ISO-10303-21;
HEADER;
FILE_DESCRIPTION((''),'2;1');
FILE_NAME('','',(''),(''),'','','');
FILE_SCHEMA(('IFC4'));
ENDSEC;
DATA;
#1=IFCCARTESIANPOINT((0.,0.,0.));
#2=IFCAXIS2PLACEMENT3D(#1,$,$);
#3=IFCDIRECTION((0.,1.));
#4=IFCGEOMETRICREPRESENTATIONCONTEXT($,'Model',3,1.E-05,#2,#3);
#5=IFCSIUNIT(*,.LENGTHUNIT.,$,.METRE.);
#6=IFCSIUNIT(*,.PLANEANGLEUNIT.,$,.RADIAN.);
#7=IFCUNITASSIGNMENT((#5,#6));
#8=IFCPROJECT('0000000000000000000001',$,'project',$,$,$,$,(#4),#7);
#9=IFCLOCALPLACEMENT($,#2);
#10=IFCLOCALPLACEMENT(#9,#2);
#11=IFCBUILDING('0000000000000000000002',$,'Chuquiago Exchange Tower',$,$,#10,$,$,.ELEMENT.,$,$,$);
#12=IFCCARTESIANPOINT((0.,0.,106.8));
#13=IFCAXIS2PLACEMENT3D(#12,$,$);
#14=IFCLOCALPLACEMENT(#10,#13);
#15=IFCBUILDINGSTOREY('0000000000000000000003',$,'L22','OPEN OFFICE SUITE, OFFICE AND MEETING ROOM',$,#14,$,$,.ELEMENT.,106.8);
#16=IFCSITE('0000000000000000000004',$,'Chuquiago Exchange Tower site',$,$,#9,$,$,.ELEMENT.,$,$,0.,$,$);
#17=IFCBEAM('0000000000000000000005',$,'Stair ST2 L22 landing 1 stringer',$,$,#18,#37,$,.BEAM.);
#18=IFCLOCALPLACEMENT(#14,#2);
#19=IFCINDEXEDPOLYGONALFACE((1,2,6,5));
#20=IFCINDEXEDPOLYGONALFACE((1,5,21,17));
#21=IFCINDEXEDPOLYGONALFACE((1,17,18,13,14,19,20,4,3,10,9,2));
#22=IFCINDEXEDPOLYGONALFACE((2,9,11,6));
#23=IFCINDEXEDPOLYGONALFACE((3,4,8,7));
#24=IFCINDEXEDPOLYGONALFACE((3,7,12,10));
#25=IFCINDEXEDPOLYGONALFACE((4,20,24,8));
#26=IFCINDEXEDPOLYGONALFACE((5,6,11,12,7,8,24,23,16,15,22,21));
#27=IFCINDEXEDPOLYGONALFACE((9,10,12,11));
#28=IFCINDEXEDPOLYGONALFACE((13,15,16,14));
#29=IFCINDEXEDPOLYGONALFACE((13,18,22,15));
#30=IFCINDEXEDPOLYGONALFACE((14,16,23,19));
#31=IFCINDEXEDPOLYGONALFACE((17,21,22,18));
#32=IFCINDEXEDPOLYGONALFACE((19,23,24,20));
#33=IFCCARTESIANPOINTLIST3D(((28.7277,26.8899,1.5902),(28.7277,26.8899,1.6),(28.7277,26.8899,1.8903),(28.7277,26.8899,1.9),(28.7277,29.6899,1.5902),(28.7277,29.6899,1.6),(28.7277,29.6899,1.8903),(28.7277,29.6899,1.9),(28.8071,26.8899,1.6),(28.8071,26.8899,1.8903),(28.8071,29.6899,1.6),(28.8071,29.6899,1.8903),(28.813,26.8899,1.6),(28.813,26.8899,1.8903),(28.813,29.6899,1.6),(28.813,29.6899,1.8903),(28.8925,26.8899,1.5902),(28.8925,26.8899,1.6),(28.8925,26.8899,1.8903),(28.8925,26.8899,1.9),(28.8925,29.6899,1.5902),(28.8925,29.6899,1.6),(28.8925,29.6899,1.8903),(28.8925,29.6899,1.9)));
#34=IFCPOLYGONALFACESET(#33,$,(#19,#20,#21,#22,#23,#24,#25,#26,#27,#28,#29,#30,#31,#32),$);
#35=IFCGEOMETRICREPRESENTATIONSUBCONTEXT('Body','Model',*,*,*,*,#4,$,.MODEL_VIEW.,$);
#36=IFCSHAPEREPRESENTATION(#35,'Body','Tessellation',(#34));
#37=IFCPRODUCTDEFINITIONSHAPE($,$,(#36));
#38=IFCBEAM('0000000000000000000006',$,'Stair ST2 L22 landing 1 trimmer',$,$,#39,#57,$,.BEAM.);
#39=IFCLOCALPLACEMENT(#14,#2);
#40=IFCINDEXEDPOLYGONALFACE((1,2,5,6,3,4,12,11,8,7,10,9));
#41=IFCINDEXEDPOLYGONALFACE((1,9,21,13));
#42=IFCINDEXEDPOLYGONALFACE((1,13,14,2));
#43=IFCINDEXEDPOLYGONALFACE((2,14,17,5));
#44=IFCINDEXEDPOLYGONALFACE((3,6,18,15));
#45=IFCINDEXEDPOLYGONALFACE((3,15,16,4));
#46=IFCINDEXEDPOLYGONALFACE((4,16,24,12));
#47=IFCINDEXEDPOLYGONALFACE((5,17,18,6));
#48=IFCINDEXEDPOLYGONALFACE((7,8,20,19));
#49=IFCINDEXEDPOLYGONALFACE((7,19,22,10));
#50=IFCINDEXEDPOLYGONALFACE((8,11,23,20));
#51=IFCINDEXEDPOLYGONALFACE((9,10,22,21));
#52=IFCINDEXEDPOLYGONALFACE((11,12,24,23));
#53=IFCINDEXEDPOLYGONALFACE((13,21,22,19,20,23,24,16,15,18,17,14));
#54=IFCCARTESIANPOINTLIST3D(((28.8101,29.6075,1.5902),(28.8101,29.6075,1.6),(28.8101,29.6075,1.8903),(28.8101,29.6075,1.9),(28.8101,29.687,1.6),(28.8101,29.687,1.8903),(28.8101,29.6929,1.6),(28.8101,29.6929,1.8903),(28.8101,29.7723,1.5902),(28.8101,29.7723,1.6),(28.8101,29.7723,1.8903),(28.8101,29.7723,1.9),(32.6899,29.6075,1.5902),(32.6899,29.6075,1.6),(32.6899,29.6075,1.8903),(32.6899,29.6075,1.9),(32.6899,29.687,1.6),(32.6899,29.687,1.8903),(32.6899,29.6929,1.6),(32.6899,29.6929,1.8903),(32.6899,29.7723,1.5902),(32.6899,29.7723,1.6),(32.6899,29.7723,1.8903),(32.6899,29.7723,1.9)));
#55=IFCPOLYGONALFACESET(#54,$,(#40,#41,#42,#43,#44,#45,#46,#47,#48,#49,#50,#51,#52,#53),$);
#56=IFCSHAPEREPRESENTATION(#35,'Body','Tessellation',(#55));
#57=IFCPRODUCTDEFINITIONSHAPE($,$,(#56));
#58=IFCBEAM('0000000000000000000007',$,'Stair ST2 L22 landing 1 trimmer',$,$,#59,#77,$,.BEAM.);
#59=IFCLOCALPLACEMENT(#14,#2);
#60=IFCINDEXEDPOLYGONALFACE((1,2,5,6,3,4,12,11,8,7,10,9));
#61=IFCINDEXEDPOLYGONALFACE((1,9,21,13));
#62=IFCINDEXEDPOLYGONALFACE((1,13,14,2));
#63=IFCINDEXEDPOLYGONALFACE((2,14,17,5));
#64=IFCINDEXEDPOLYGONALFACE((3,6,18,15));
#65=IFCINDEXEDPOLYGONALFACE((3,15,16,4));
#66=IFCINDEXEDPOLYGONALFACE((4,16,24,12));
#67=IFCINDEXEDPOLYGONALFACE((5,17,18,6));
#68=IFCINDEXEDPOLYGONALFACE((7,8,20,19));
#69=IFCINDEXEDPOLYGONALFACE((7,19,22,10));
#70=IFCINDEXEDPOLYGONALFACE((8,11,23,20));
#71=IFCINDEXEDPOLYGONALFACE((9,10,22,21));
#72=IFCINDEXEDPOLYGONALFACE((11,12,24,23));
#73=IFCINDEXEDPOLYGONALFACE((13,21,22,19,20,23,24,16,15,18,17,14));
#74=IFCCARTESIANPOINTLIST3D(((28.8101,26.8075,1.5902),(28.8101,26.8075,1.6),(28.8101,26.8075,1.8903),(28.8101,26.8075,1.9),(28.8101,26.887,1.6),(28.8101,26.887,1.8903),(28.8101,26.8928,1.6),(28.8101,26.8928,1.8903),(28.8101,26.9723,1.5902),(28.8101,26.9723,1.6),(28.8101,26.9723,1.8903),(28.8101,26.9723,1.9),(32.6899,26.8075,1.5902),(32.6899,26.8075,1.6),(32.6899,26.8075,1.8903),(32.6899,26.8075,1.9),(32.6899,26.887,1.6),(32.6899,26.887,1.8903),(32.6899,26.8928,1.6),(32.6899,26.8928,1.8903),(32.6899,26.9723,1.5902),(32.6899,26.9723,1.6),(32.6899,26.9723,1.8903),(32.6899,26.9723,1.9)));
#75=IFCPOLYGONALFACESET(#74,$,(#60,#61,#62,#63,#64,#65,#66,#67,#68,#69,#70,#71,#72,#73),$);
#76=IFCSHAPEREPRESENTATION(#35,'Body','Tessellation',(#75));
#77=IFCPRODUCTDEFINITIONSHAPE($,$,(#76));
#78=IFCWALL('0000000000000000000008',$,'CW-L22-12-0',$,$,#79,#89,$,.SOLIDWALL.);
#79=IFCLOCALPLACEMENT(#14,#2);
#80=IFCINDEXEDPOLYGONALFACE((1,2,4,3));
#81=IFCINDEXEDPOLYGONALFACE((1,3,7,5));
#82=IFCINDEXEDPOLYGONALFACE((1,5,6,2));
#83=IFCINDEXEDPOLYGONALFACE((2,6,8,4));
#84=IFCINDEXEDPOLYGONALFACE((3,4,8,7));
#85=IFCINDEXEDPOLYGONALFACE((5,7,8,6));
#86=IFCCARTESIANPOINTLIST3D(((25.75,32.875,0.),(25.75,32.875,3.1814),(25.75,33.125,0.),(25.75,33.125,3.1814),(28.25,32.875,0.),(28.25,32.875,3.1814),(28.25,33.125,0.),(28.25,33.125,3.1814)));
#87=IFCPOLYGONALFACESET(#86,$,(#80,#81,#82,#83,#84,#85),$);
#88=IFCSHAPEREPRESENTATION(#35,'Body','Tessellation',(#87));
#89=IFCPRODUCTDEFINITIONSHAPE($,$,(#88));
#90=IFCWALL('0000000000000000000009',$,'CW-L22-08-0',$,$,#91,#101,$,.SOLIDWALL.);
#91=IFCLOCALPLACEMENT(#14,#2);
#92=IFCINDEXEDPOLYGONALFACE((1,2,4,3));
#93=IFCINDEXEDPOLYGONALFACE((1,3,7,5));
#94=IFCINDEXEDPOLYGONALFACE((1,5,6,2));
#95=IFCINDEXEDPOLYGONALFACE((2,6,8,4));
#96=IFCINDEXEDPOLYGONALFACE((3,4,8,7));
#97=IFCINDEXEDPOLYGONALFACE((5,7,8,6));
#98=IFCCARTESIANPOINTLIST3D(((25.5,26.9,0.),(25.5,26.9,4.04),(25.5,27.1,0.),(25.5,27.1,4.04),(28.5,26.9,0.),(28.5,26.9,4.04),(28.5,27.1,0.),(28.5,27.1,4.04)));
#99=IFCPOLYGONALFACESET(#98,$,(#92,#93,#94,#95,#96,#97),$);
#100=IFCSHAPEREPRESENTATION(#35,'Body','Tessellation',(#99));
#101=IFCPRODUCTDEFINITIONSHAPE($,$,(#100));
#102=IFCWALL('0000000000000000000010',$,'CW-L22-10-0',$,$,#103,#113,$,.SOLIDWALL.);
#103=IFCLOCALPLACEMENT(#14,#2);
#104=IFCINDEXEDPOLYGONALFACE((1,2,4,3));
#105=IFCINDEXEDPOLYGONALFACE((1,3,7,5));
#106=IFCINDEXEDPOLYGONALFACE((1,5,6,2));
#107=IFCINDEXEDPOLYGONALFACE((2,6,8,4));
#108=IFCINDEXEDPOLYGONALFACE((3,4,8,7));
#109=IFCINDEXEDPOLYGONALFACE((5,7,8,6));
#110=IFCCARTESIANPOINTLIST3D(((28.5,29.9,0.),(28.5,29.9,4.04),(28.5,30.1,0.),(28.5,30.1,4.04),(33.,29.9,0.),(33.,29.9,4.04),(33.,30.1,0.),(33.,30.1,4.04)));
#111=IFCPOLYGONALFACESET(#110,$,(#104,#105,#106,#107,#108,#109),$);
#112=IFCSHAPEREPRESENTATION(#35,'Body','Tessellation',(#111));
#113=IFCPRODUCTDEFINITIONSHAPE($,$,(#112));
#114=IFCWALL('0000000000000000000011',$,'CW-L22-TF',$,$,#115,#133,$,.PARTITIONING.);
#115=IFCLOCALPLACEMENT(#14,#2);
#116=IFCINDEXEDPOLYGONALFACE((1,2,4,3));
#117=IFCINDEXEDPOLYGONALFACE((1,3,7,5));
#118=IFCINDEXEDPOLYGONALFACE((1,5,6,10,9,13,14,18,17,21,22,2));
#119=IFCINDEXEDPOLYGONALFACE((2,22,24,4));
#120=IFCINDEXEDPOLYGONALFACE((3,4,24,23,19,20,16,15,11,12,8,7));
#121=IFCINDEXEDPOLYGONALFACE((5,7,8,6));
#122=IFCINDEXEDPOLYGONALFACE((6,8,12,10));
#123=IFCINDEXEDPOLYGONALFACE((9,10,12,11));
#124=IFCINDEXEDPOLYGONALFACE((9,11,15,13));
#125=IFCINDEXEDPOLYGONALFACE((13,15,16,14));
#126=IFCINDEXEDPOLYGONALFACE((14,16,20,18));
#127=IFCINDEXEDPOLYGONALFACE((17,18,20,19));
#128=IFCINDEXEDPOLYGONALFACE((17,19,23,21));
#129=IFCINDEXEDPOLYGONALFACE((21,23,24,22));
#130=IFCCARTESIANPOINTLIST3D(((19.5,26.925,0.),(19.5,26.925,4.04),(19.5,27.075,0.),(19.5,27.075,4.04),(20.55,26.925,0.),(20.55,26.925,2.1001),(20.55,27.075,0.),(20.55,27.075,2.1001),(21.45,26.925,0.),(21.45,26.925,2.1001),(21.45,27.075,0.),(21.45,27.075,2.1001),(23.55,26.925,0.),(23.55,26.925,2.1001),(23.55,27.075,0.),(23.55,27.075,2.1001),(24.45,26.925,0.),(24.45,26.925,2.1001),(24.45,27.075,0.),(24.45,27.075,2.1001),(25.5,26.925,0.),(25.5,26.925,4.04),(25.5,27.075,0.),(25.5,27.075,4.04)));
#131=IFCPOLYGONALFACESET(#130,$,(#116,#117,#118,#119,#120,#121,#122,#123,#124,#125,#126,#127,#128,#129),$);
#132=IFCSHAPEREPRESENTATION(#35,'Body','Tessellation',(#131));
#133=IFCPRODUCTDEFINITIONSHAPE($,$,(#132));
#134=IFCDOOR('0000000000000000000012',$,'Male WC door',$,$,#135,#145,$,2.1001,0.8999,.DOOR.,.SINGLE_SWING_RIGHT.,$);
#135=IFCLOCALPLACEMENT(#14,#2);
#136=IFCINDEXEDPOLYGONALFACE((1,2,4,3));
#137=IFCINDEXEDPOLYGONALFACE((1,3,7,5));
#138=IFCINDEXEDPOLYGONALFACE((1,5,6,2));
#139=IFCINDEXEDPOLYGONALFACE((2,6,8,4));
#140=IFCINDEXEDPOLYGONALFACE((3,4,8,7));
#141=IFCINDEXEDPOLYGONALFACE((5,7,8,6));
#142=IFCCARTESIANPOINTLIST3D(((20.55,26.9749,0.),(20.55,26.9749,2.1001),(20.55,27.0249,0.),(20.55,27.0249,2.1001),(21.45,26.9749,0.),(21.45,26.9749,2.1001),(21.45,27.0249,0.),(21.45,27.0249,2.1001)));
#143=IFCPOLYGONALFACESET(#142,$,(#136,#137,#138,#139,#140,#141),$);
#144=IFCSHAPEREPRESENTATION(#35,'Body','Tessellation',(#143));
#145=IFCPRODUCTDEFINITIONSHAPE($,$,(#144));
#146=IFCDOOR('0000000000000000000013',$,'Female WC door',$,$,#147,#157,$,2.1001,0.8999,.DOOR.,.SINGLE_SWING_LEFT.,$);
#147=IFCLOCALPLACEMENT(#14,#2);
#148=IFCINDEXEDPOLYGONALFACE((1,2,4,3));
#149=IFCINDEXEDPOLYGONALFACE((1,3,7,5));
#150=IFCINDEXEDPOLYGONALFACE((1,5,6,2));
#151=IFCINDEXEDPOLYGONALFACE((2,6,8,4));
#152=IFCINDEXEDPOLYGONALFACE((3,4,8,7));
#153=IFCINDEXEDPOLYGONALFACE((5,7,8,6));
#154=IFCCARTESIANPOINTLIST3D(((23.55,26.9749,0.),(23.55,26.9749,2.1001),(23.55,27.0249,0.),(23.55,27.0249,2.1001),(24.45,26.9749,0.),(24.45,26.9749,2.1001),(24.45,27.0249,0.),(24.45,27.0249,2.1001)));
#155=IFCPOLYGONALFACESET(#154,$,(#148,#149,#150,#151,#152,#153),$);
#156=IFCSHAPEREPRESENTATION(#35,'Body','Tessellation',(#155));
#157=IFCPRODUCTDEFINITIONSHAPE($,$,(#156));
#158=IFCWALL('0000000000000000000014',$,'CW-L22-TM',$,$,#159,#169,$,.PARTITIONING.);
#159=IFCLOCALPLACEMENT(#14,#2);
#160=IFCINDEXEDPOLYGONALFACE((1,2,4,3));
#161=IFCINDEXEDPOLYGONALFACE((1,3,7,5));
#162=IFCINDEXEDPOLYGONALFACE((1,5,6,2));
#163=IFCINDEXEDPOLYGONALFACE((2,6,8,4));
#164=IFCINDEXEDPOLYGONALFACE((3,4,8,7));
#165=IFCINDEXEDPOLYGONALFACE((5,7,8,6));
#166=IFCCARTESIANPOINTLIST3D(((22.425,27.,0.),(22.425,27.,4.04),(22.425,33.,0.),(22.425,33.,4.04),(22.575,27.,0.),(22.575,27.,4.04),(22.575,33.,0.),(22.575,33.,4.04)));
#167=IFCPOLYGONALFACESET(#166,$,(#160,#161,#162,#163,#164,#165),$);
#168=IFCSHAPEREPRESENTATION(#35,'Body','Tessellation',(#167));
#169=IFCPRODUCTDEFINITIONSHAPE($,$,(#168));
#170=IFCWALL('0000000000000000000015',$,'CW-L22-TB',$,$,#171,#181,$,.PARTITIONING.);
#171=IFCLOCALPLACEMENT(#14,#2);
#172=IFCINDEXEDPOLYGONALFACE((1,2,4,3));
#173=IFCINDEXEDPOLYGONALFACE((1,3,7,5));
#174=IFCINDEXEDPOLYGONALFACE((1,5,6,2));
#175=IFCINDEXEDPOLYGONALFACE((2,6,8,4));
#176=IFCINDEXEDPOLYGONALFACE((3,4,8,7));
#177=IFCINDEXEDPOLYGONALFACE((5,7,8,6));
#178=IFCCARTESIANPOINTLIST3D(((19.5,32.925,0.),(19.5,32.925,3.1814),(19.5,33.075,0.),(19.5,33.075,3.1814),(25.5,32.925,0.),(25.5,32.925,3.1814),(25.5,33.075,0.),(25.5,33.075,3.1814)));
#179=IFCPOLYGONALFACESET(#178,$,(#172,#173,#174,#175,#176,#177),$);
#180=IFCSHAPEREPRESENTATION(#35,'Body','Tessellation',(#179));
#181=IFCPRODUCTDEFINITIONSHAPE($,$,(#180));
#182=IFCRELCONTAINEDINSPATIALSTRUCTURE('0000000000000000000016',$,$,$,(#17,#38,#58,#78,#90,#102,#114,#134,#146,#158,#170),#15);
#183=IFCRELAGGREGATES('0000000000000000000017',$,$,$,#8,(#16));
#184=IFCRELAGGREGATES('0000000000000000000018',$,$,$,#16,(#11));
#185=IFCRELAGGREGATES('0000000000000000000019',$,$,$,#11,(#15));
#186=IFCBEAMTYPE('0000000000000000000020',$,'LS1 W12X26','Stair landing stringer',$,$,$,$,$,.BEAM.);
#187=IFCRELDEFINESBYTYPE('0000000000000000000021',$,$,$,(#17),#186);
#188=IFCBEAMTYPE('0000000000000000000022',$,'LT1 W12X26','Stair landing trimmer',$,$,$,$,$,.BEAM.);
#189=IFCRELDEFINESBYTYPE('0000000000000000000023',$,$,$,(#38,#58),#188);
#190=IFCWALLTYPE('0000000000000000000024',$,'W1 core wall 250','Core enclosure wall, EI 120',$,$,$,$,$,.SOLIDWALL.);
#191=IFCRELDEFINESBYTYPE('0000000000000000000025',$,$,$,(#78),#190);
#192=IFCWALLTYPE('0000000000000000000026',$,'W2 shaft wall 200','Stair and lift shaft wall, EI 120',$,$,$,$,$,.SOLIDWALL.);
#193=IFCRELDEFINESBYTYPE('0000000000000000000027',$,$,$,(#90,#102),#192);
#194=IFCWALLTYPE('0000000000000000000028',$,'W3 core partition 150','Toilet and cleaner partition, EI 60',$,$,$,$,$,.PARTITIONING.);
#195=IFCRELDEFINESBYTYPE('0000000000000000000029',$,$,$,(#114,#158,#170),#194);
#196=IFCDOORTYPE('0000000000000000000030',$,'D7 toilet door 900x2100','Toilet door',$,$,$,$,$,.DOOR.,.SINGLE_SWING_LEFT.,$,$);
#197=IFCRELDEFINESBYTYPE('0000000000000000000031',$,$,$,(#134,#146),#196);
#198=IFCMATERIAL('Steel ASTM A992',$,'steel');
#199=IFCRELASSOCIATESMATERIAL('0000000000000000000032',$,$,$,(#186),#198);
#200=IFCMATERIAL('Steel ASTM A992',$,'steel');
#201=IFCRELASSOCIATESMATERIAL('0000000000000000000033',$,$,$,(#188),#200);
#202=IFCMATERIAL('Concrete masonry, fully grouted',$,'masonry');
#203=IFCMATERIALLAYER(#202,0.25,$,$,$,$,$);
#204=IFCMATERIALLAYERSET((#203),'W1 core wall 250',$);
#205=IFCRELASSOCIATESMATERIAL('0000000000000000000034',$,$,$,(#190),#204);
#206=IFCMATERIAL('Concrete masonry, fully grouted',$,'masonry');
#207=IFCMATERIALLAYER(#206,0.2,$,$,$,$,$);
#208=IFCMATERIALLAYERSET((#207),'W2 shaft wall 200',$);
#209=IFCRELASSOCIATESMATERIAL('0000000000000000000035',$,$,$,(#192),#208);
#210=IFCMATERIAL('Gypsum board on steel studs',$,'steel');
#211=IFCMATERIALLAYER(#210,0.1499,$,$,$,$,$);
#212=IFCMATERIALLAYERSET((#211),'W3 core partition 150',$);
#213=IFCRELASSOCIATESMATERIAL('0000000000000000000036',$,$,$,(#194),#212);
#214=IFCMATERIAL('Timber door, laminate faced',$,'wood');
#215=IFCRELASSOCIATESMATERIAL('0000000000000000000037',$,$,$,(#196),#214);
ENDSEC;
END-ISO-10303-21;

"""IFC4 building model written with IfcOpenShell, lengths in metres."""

from ifc_helpers import new_model, si_unit, direction, frame, frame_2d, origin, origin_2d, place, context, subcontext, project, spatial, rectangle, i_section, extrude, material, layer, layer_set, material_profile, profile_set, type_object, element, fill, save


model = new_model("IFC4")

# Units and contexts
model_context = context("Model", 3, precision=1e-05, world=origin(), true_north=direction((0.0, 1.0)))
body_context = subcontext(model_context, "Body", "Model", "MODEL_VIEW")
ifc_project = project(units=[si_unit("LENGTHUNIT", "METRE"), si_unit("PLANEANGLEUNIT", "RADIAN")], contexts=[model_context])

# Site, building, storey
site_placement = place(None, origin())
site = spatial("IfcSite", under=ifc_project, at=site_placement, Name="Chuquiago Exchange Tower site", CompositionType="ELEMENT", RefElevation=0.0)
building_placement = place(site_placement, origin())
building = spatial("IfcBuilding", under=site, at=building_placement, Name="Chuquiago Exchange Tower", CompositionType="ELEMENT")
storey_placement = place(building_placement, frame((0.0, 0.0, 106.8)))
storey = spatial("IfcBuildingStorey", under=building, at=storey_placement, Name="L22", Description="OPEN OFFICE SUITE, OFFICE AND MEETING ROOM", CompositionType="ELEMENT", Elevation=106.8)

# Beams
ifc_material_1 = material(Name="Steel ASTM A992", Category="steel")
ifc_material_profile_1 = material_profile(ifc_material_1, i_section(OverallWidth=0.1648, OverallDepth=0.3098, WebThickness=0.0059, FlangeThickness=0.0098, at=origin_2d()), Name="W12X26")
ifc_profile_set_1 = profile_set([ifc_material_profile_1], Name="Steel ASTM A992")
beam_type_1 = type_object("IfcBeamType", Name="LS1 W12X26", Description="Stair landing stringer", PredefinedType="BEAM", material=ifc_profile_set_1)
beam_1_placement = place(storey_placement, frame((28.8101, 26.8899, 1.7451), z_axis=(0.0, 1.0, 0.0), x_axis=(-1.0, 0.0, 0.0)))
element("IfcBeam", 1, at=beam_1_placement, inside=storey, type_object=beam_type_1, Name="Stair ST2 L22 landing 1 stringer", PredefinedType="BEAM", context=body_context, shape_type="SweptSolid", body=[
    extrude(i_section(OverallWidth=0.1648, OverallDepth=0.3098, WebThickness=0.0059, FlangeThickness=0.0098, at=origin_2d()), origin(), (0.0, 0.0, 1.0), 2.8),
])
ifc_material_2 = material(Name="Steel ASTM A992", Category="steel")
ifc_material_profile_2 = material_profile(ifc_material_2, i_section(OverallWidth=0.1648, OverallDepth=0.3098, WebThickness=0.0059, FlangeThickness=0.0098, at=origin_2d()), Name="W12X26")
ifc_profile_set_2 = profile_set([ifc_material_profile_2], Name="Steel ASTM A992")
beam_type_2 = type_object("IfcBeamType", Name="LT1 W12X26", Description="Stair landing trimmer", PredefinedType="BEAM", material=ifc_profile_set_2)
for number, where, z_axis, x_axis, name in (
    (2, (28.8101, 29.6899, 1.7451), (1.0, 0.0, 0.0), (0.0, 1.0, 0.0), "Stair ST2 L22 landing 1 trimmer"),
    (3, (28.8101, 26.8899, 1.7451), (1.0, 0.0, 0.0), (0.0, 1.0, 0.0), "Stair ST2 L22 landing 1 trimmer"),
):
    element("IfcBeam", number, at=place(storey_placement, frame(where, z_axis=z_axis, x_axis=x_axis)), inside=storey, type_object=beam_type_2, Name=name, PredefinedType="BEAM", context=body_context, shape_type="SweptSolid", body=[
        extrude(i_section(OverallWidth=0.1648, OverallDepth=0.3098, WebThickness=0.0059, FlangeThickness=0.0098, at=origin_2d()), origin(), (0.0, 0.0, 1.0), 3.8799),
    ])

# Walls
ifc_material_3 = material(Name="Concrete masonry, fully grouted", Category="masonry")
ifc_layer_1 = layer(ifc_material_3, 0.25)
ifc_layer_set_1 = layer_set([ifc_layer_1], Name="W1 core wall 250")
wall_type_1 = type_object("IfcWallType", Name="W1 core wall 250", Description="Core enclosure wall, EI 120", PredefinedType="SOLIDWALL", material=ifc_layer_set_1)
wall_1_placement = place(storey_placement, frame((25.75, 33.0, 0.0), z_axis=(0.0, 0.0, 1.0), x_axis=(1.0, 0.0, 0.0)))
element("IfcWall", 4, at=wall_1_placement, inside=storey, type_object=wall_type_1, Name="CW-L22-12-0", PredefinedType="SOLIDWALL", context=body_context, shape_type="SweptSolid", body=[
    extrude(rectangle(XDim=2.5, YDim=0.25, at=frame_2d((1.25, 0.0))), origin(), (0.0, 0.0, 1.0), 3.1814),
])
ifc_material_4 = material(Name="Concrete masonry, fully grouted", Category="masonry")
ifc_layer_2 = layer(ifc_material_4, 0.2)
ifc_layer_set_2 = layer_set([ifc_layer_2], Name="W2 shaft wall 200")
wall_type_2 = type_object("IfcWallType", Name="W2 shaft wall 200", Description="Stair and lift shaft wall, EI 120", PredefinedType="SOLIDWALL", material=ifc_layer_set_2)
wall_2_placement = place(storey_placement, frame((25.5, 27.0, 0.0), z_axis=(0.0, 0.0, 1.0), x_axis=(1.0, 0.0, 0.0)))
element("IfcWall", 5, at=wall_2_placement, inside=storey, type_object=wall_type_2, Name="CW-L22-08-0", PredefinedType="SOLIDWALL", context=body_context, shape_type="SweptSolid", body=[
    extrude(rectangle(XDim=3.0, YDim=0.2, at=frame_2d((1.5, 0.0))), origin(), (0.0, 0.0, 1.0), 4.04),
])
wall_3_placement = place(storey_placement, frame((28.5, 30.0, 0.0), z_axis=(0.0, 0.0, 1.0), x_axis=(1.0, 0.0, 0.0)))
element("IfcWall", 6, at=wall_3_placement, inside=storey, type_object=wall_type_2, Name="CW-L22-10-0", PredefinedType="SOLIDWALL", context=body_context, shape_type="SweptSolid", body=[
    extrude(rectangle(XDim=4.5, YDim=0.2, at=frame_2d((2.25, 0.0))), origin(), (0.0, 0.0, 1.0), 4.04),
])

# Wall, openings, doors
ifc_material_5 = material(Name="Gypsum board on steel studs", Category="steel")
ifc_layer_3 = layer(ifc_material_5, 0.1499)
ifc_layer_set_3 = layer_set([ifc_layer_3], Name="W3 core partition 150")
wall_type_3 = type_object("IfcWallType", Name="W3 core partition 150", Description="Toilet and cleaner partition, EI 60", PredefinedType="PARTITIONING", material=ifc_layer_set_3)
wall_4_placement = place(storey_placement, frame((19.5, 27.0, 0.0), z_axis=(0.0, 0.0, 1.0), x_axis=(1.0, 0.0, 0.0)))
wall_4 = element("IfcWall", 7, at=wall_4_placement, inside=storey, type_object=wall_type_3, Name="CW-L22-TF", PredefinedType="PARTITIONING", context=body_context, shape_type="SweptSolid", body=[
    extrude(rectangle(XDim=6.0, YDim=0.1499, at=frame_2d((3.0, 0.0))), origin(), (0.0, 0.0, 1.0), 4.04),
])
opening_1_placement = place(wall_4_placement, frame((1.05, 0.0, 0.0)))
opening_1 = element("IfcOpeningElement", 8, at=opening_1_placement, cuts=wall_4, PredefinedType="OPENING", context=body_context, shape_type="SweptSolid", body=[
    extrude(rectangle(XDim=0.8999, YDim=2.1001, at=frame_2d((0.45, 1.05))), frame((0.0, 0.085, 0.0), z_axis=(0.0, -1.0, 0.0), x_axis=(1.0, 0.0, 0.0)), (0.0, 0.0, 1.0), 0.1699),
])
opening_2_placement = place(wall_4_placement, frame((4.05, 0.0, 0.0)))
opening_2 = element("IfcOpeningElement", 9, at=opening_2_placement, cuts=wall_4, PredefinedType="OPENING", context=body_context, shape_type="SweptSolid", body=[
    extrude(rectangle(XDim=0.8999, YDim=2.1001, at=frame_2d((0.45, 1.05))), frame((0.0, 0.085, 0.0), z_axis=(0.0, -1.0, 0.0), x_axis=(1.0, 0.0, 0.0)), (0.0, 0.0, 1.0), 0.1699),
])
ifc_material_6 = material(Name="Timber door, laminate faced", Category="wood")
door_type = type_object("IfcDoorType", Name="D7 toilet door 900x2100", Description="Toilet door", OperationType="SINGLE_SWING_LEFT", PredefinedType="DOOR", material=ifc_material_6)
door_1_placement = place(opening_1_placement, origin())
door_1 = element("IfcDoor", 10, at=door_1_placement, inside=storey, type_object=door_type, Name="Male WC door", OperationType="SINGLE_SWING_RIGHT", OverallHeight=2.1001, OverallWidth=0.8999, PredefinedType="DOOR", context=body_context, shape_type="SweptSolid", body=[
    extrude(rectangle(XDim=0.8999, YDim=2.1001, at=frame_2d((0.45, 1.05))), frame((0.0, 0.0249, 0.0), z_axis=(0.0, -1.0, 0.0), x_axis=(1.0, 0.0, 0.0)), (0.0, 0.0, 1.0), 0.05),
])
fill(opening_1, door_1)
door_2_placement = place(opening_2_placement, origin())
door_2 = element("IfcDoor", 11, at=door_2_placement, inside=storey, type_object=door_type, Name="Female WC door", OperationType="SINGLE_SWING_LEFT", OverallHeight=2.1001, OverallWidth=0.8999, PredefinedType="DOOR", context=body_context, shape_type="SweptSolid", body=[
    extrude(rectangle(XDim=0.8999, YDim=2.1001, at=frame_2d((0.45, 1.05))), frame((0.0, 0.0249, 0.0), z_axis=(0.0, -1.0, 0.0), x_axis=(1.0, 0.0, 0.0)), (0.0, 0.0, 1.0), 0.05),
])
fill(opening_2, door_2)

# Walls
wall_5_placement = place(storey_placement, frame((22.5, 27.0, 0.0), z_axis=(0.0, 0.0, 1.0), x_axis=(0.0, 1.0, 0.0)))
element("IfcWall", 12, at=wall_5_placement, inside=storey, type_object=wall_type_3, Name="CW-L22-TM", PredefinedType="PARTITIONING", context=body_context, shape_type="SweptSolid", body=[
    extrude(rectangle(XDim=6.0, YDim=0.1499, at=frame_2d((3.0, 0.0))), origin(), (0.0, 0.0, 1.0), 4.04),
])
wall_6_placement = place(storey_placement, frame((19.5, 33.0, 0.0), z_axis=(0.0, 0.0, 1.0), x_axis=(1.0, 0.0, 0.0)))
element("IfcWall", 13, at=wall_6_placement, inside=storey, type_object=wall_type_3, Name="CW-L22-TB", PredefinedType="PARTITIONING", context=body_context, shape_type="SweptSolid", body=[
    extrude(rectangle(XDim=6.0, YDim=0.1499, at=frame_2d((3.0, 0.0))), origin(), (0.0, 0.0, 1.0), 3.1814),
])

save(model, "model.ifc")
